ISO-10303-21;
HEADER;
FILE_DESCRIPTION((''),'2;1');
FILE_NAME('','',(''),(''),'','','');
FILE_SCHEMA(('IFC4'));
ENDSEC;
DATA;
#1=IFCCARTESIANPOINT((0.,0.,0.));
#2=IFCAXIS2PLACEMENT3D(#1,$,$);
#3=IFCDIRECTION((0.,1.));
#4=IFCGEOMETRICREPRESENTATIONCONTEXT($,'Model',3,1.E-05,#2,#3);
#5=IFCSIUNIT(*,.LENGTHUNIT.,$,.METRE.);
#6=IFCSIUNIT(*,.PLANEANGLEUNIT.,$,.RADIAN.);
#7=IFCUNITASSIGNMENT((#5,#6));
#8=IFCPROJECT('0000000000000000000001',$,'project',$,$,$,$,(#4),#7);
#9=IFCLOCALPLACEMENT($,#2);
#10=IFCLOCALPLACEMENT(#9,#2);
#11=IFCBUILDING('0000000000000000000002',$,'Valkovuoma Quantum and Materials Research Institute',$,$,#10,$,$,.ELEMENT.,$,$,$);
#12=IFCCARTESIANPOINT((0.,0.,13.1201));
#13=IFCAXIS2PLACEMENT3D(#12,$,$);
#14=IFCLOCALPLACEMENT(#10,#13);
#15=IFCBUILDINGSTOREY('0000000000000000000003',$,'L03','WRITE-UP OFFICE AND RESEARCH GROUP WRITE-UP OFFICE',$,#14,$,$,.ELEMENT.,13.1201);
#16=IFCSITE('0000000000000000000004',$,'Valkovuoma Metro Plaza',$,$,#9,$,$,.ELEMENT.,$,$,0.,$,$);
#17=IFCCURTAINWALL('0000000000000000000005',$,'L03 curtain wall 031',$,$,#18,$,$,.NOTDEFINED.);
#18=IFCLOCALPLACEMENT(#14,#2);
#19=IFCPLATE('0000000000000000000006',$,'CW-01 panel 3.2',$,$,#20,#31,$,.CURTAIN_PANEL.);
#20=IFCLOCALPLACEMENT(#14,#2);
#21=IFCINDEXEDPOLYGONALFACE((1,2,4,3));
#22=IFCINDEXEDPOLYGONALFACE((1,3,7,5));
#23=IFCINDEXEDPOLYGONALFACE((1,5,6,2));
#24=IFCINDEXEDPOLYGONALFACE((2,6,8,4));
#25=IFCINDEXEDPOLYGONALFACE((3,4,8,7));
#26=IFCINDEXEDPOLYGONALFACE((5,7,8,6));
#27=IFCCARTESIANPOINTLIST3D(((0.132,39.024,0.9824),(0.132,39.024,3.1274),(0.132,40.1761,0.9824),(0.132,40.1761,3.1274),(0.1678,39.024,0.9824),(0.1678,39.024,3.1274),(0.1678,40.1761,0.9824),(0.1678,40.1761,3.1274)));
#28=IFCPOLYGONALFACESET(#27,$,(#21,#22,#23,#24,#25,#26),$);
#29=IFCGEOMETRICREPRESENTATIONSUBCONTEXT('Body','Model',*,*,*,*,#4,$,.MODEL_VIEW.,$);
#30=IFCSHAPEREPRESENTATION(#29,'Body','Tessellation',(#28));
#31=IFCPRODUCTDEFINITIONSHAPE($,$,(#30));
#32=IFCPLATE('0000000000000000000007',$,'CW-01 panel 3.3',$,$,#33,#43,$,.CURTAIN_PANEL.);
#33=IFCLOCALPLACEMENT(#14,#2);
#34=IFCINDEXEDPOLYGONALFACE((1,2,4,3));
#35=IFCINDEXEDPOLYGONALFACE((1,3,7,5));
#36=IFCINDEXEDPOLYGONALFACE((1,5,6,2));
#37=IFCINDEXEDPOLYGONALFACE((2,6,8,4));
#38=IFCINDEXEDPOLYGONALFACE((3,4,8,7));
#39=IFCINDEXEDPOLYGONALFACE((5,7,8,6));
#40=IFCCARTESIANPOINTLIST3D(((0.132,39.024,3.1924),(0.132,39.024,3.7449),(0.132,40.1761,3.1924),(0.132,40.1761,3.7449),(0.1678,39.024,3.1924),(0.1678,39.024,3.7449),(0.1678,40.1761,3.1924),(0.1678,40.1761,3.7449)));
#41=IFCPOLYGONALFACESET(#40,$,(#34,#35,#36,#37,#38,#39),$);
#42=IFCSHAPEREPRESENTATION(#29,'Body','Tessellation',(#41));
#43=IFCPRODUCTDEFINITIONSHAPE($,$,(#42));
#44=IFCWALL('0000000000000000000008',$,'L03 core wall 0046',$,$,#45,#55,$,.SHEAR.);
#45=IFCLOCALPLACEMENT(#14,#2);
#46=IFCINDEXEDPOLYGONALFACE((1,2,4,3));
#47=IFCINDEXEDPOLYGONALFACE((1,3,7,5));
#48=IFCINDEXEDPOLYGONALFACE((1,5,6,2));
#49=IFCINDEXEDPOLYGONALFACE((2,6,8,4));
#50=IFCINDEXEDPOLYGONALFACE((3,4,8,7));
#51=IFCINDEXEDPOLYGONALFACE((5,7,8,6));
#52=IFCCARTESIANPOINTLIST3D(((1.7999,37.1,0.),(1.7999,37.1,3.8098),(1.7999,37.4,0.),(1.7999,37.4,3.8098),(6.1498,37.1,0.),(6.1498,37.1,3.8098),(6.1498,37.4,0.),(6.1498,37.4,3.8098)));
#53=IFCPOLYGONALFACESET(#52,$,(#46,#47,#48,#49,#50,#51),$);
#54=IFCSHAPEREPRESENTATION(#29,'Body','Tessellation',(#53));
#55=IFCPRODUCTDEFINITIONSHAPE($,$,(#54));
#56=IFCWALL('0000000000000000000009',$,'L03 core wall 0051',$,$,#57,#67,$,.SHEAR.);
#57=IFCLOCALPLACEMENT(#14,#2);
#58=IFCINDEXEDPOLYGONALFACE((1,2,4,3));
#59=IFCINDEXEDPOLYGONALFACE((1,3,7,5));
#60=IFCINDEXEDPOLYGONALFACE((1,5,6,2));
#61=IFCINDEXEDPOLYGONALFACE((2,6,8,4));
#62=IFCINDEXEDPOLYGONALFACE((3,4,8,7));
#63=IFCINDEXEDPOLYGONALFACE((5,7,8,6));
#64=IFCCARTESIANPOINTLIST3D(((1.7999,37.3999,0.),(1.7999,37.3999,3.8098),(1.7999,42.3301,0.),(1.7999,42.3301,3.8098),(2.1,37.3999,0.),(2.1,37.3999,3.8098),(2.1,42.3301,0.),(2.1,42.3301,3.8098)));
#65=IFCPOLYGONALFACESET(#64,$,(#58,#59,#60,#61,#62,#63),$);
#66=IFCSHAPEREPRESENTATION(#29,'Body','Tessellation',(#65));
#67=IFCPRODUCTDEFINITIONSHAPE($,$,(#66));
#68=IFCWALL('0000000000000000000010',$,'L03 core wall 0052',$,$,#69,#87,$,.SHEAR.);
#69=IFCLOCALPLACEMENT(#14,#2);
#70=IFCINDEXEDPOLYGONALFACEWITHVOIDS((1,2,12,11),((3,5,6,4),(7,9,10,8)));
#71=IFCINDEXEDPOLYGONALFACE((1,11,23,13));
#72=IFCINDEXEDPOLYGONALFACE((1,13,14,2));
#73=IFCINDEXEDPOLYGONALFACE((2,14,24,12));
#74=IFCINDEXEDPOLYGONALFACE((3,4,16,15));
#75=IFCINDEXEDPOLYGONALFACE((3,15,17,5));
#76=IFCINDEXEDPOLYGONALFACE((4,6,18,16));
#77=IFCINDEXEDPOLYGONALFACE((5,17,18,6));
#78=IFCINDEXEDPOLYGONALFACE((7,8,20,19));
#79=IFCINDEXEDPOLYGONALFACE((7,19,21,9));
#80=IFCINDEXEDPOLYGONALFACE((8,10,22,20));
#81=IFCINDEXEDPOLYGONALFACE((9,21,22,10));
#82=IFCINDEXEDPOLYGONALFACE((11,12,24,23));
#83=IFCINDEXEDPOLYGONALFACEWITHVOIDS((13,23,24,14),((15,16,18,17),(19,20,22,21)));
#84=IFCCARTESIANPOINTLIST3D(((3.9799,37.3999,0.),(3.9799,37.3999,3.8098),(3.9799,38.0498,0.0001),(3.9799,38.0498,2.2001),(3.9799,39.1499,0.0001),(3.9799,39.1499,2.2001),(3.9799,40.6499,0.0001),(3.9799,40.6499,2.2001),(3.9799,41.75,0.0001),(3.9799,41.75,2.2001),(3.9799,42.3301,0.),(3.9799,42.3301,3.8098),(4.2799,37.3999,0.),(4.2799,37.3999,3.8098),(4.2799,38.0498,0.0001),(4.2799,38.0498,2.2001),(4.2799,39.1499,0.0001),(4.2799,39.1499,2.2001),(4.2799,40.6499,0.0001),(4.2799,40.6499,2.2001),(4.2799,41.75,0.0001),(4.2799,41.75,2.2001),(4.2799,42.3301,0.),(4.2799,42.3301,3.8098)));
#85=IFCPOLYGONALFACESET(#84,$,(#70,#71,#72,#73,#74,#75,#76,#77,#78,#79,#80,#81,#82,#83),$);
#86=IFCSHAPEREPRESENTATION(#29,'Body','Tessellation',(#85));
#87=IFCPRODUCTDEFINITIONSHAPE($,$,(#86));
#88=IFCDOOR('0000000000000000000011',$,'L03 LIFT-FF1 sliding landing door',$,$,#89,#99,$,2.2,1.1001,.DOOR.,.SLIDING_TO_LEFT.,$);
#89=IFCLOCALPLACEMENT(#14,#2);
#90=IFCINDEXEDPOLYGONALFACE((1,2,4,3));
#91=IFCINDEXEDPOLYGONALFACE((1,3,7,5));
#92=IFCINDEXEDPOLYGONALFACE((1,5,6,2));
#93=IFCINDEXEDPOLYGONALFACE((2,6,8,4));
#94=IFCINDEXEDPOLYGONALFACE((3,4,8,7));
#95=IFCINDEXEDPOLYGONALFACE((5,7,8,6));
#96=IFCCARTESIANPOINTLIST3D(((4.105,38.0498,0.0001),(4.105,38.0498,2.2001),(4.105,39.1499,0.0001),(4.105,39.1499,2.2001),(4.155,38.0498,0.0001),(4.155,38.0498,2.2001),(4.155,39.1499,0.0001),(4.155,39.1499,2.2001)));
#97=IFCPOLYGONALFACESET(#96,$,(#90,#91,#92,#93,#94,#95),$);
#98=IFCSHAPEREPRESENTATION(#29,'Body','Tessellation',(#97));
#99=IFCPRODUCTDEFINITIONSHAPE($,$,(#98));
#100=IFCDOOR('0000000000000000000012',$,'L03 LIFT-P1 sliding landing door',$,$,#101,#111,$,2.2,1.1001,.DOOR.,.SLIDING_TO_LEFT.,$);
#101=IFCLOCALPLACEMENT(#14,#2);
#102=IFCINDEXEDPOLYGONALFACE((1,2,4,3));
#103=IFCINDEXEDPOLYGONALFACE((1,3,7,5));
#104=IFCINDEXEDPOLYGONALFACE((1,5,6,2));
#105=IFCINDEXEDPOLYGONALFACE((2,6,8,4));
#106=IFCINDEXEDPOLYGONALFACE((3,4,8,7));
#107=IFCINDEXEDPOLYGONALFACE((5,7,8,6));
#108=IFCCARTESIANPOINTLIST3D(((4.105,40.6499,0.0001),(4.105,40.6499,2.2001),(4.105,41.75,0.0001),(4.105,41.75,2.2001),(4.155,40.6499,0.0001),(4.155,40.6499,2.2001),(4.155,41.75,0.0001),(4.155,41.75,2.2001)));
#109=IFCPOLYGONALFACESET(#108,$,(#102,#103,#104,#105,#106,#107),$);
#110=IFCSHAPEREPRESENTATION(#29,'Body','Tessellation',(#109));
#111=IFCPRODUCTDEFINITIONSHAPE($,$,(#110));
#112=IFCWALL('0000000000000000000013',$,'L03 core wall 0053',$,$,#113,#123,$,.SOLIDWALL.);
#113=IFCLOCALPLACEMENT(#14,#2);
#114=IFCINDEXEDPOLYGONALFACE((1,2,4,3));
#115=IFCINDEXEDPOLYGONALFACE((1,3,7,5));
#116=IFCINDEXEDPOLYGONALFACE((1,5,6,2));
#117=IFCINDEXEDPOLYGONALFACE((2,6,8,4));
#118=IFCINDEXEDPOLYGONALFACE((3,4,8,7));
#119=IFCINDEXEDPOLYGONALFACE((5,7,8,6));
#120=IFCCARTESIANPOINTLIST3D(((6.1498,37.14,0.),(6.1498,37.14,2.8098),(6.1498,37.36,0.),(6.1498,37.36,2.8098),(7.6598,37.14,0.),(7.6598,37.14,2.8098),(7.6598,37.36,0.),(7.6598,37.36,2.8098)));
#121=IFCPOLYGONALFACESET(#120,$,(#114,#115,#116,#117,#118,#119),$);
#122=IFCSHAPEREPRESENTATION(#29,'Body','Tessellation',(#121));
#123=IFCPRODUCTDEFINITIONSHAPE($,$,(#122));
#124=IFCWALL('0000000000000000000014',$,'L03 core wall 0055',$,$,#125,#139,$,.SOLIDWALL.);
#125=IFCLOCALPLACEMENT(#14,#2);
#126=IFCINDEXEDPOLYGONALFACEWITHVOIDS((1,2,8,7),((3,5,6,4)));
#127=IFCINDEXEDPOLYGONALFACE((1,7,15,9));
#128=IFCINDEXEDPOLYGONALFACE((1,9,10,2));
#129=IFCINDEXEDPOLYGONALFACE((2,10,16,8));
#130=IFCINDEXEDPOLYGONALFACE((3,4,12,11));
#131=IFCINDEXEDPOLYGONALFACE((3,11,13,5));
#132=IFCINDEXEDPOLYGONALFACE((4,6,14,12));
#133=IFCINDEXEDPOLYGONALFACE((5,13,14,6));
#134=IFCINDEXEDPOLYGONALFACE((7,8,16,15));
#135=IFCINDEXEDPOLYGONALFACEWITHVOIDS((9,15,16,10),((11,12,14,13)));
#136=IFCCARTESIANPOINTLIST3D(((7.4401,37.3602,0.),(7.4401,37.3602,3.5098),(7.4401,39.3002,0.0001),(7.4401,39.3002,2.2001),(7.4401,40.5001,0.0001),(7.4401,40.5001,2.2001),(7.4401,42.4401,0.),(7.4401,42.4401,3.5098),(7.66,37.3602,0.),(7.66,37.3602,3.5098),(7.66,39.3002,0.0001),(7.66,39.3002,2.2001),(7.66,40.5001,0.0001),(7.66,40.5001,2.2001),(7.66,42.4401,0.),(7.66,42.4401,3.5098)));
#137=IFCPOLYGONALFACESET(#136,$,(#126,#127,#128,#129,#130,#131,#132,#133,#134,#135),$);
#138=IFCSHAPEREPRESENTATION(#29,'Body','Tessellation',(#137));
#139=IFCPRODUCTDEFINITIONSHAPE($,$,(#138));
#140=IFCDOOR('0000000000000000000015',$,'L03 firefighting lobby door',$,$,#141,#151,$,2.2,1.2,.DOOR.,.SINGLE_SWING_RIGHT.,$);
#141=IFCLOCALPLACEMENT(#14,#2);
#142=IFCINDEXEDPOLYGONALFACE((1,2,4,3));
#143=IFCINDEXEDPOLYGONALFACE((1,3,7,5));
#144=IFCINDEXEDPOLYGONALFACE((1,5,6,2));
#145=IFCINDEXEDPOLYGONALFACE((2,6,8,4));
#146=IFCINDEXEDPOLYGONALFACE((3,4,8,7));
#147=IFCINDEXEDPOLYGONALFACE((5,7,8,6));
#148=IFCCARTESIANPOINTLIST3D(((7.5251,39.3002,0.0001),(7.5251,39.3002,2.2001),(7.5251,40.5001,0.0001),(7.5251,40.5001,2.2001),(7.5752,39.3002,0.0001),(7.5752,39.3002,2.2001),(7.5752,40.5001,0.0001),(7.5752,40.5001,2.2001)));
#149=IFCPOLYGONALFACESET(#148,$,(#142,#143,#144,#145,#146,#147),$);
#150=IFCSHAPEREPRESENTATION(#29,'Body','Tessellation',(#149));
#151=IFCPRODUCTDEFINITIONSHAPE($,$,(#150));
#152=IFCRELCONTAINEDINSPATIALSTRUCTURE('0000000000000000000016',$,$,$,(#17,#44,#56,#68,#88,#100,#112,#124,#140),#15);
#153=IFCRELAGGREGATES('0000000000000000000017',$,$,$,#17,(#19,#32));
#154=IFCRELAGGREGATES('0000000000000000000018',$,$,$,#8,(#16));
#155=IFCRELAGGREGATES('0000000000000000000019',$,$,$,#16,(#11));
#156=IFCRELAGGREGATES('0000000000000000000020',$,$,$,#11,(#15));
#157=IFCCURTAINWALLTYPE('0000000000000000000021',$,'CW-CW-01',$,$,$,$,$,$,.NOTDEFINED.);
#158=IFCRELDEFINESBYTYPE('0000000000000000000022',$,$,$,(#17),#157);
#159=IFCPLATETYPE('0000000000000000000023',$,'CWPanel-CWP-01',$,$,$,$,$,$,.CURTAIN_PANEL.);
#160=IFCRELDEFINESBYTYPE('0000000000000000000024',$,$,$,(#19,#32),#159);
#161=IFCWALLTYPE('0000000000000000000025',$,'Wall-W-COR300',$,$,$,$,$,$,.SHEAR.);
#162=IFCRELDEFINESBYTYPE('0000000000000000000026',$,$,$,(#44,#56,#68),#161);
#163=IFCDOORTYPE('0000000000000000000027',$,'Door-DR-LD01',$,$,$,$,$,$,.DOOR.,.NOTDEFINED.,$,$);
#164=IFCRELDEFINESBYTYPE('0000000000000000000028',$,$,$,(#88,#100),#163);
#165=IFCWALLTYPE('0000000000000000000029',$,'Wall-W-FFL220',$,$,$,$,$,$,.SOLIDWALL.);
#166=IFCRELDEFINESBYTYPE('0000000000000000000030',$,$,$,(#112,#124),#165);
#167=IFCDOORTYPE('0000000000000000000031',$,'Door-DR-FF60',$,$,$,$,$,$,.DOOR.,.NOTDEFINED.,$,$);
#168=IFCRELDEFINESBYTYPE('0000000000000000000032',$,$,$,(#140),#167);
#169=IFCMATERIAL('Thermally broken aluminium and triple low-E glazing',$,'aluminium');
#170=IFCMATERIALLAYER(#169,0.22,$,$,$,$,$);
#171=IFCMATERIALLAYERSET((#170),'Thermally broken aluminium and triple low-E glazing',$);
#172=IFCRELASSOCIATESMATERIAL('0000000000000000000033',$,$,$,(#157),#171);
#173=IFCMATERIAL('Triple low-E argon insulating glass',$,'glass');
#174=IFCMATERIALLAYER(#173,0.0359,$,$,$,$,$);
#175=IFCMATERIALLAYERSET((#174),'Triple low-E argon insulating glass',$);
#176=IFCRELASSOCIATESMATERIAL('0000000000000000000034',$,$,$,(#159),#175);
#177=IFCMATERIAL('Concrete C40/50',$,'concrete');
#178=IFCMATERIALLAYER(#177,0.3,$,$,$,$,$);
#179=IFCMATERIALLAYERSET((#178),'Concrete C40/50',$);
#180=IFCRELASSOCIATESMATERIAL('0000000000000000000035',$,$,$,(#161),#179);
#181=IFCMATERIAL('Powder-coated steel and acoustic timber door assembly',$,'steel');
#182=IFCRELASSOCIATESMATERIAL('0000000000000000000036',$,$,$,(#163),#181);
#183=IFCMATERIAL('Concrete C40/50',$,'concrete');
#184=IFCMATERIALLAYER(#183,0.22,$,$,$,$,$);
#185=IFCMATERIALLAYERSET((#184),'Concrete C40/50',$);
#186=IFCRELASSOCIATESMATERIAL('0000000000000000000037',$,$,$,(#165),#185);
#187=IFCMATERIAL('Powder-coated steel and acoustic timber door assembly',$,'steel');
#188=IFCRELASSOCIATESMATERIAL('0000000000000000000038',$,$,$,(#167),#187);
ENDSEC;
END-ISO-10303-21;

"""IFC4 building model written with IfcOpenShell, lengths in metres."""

from ifc_helpers import new_model, si_unit, direction, frame, frame_2d, origin, origin_2d, place, context, subcontext, project, spatial, rectangle, extrude, material, layer, layer_set, type_object, element, fill, aggregate, save


model = new_model("IFC4")

# Units and contexts
model_context = context("Model", 3, precision=1e-05, world=origin(), true_north=direction((0.0, 1.0)))
body_context = subcontext(model_context, "Body", "Model", "MODEL_VIEW")
ifc_project = project(units=[si_unit("LENGTHUNIT", "METRE"), si_unit("PLANEANGLEUNIT", "RADIAN")], contexts=[model_context])

# Site, building, storey
site_placement = place(None, origin())
site = spatial("IfcSite", under=ifc_project, at=site_placement, Name="Valkovuoma Metro Plaza", CompositionType="ELEMENT", RefElevation=0.0)
building_placement = place(site_placement, origin())
building = spatial("IfcBuilding", under=site, at=building_placement, Name="Valkovuoma Quantum and Materials Research Institute", CompositionType="ELEMENT")
storey_placement = place(building_placement, frame((0.0, 0.0, 13.1201)))
storey = spatial("IfcBuildingStorey", under=building, at=storey_placement, Name="L03", Description="WRITE-UP OFFICE AND RESEARCH GROUP WRITE-UP OFFICE", CompositionType="ELEMENT", Elevation=13.1201)

# Curtain wall, plates
ifc_material_1 = material(Name="Thermally broken aluminium and triple low-E glazing", Category="aluminium")
ifc_layer_1 = layer(ifc_material_1, 0.22)
ifc_layer_set_1 = layer_set([ifc_layer_1], Name="Thermally broken aluminium and triple low-E glazing")
curtain_wall_type = type_object("IfcCurtainWallType", Name="CW-CW-01", PredefinedType="NOTDEFINED", material=ifc_layer_set_1)
curtain_wall_placement = place(storey_placement, origin())
curtain_wall = element("IfcCurtainWall", 1, at=curtain_wall_placement, inside=storey, type_object=curtain_wall_type, Name="L03 curtain wall 031", PredefinedType="NOTDEFINED")
ifc_material_2 = material(Name="Triple low-E argon insulating glass", Category="glass")
ifc_layer_2 = layer(ifc_material_2, 0.0359)
ifc_layer_set_2 = layer_set([ifc_layer_2], Name="Triple low-E argon insulating glass")
plate_type = type_object("IfcPlateType", Name="CWPanel-CWP-01", PredefinedType="CURTAIN_PANEL", material=ifc_layer_set_2)
plate_1_placement = place(storey_placement, frame((0.1499, 39.6001, 0.9824), z_axis=(0.0, 0.0, 1.0), x_axis=(0.0, 1.0, 0.0)))
plate_1 = element("IfcPlate", 2, at=plate_1_placement, type_object=plate_type, Name="CW-01 panel 3.2", PredefinedType="CURTAIN_PANEL", context=body_context, shape_type="SweptSolid", body=[
    extrude(rectangle(XDim=1.1521, YDim=0.0359, at=origin_2d()), origin(), (0.0, 0.0, 1.0), 2.145),
])
plate_2_placement = place(storey_placement, frame((0.1499, 39.6001, 3.1924), z_axis=(0.0, 0.0, 1.0), x_axis=(0.0, 1.0, 0.0)))
plate_2 = element("IfcPlate", 3, at=plate_2_placement, type_object=plate_type, Name="CW-01 panel 3.3", PredefinedType="CURTAIN_PANEL", context=body_context, shape_type="SweptSolid", body=[
    extrude(rectangle(XDim=1.1521, YDim=0.0359, at=origin_2d()), origin(), (0.0, 0.0, 1.0), 0.5525),
])
aggregate(curtain_wall, [plate_1, plate_2])

# Walls
ifc_material_3 = material(Name="Concrete C40/50", Category="concrete")
ifc_layer_3 = layer(ifc_material_3, 0.3)
ifc_layer_set_3 = layer_set([ifc_layer_3], Name="Concrete C40/50")
wall_type_1 = type_object("IfcWallType", Name="Wall-W-COR300", PredefinedType="SHEAR", material=ifc_layer_set_3)
wall_1_placement = place(storey_placement, frame((1.8, 37.25, 0.0), z_axis=(0.0, 0.0, 1.0), x_axis=(1.0, 0.0, 0.0)))
element("IfcWall", 4, at=wall_1_placement, inside=storey, type_object=wall_type_1, Name="L03 core wall 0046", PredefinedType="SHEAR", context=body_context, shape_type="SweptSolid", body=[
    extrude(rectangle(XDim=4.3499, YDim=0.3, at=frame_2d((2.1748, 0.0))), origin(), (0.0, 0.0, 1.0), 3.8098),
])
wall_2_placement = place(storey_placement, frame((1.95, 37.3999, 0.0), z_axis=(0.0, 0.0, 1.0), x_axis=(0.0, 1.0, 0.0)))
element("IfcWall", 5, at=wall_2_placement, inside=storey, type_object=wall_type_1, Name="L03 core wall 0051", PredefinedType="SHEAR", context=body_context, shape_type="SweptSolid", body=[
    extrude(rectangle(XDim=4.9302, YDim=0.3, at=frame_2d((2.4651, 0.0))), origin(), (0.0, 0.0, 1.0), 3.8098),
])

# Wall, openings, doors
wall_3_placement = place(storey_placement, frame((4.1299, 37.3999, 0.0), z_axis=(0.0, 0.0, 1.0), x_axis=(0.0, 1.0, 0.0)))
wall_3 = element("IfcWall", 6, at=wall_3_placement, inside=storey, type_object=wall_type_1, Name="L03 core wall 0052", PredefinedType="SHEAR", context=body_context, shape_type="SweptSolid", body=[
    extrude(rectangle(XDim=4.9302, YDim=0.3, at=frame_2d((2.4651, 0.0))), origin(), (0.0, 0.0, 1.0), 3.8098),
])
opening_1_placement = place(wall_3_placement, frame((0.6499, 0.0, 0.0)))
opening_1 = element("IfcOpeningElement", 7, at=opening_1_placement, cuts=wall_3, PredefinedType="OPENING", context=body_context, shape_type="SweptSolid", body=[
    extrude(rectangle(XDim=1.1001, YDim=2.2, at=frame_2d((0.55, 1.1001))), frame((0.0, 0.1602, 0.0), z_axis=(0.0, -1.0, 0.0), x_axis=(1.0, 0.0, 0.0)), (0.0, 0.0, 1.0), 0.3201),
])
opening_2_placement = place(wall_3_placement, frame((3.25, 0.0, 0.0)))
opening_2 = element("IfcOpeningElement", 8, at=opening_2_placement, cuts=wall_3, PredefinedType="OPENING", context=body_context, shape_type="SweptSolid", body=[
    extrude(rectangle(XDim=1.1001, YDim=2.2, at=frame_2d((0.55, 1.1001))), frame((0.0, 0.1602, 0.0), z_axis=(0.0, -1.0, 0.0), x_axis=(1.0, 0.0, 0.0)), (0.0, 0.0, 1.0), 0.3201),
])
ifc_material_4 = material(Name="Powder-coated steel and acoustic timber door assembly", Category="steel")
door_type_1 = type_object("IfcDoorType", Name="Door-DR-LD01", OperationType="NOTDEFINED", PredefinedType="DOOR", material=ifc_material_4)
door_1_placement = place(opening_1_placement, origin())
door_1 = element("IfcDoor", 9, at=door_1_placement, inside=storey, type_object=door_type_1, Name="L03 LIFT-FF1 sliding landing door", OperationType="SLIDING_TO_LEFT", OverallHeight=2.2, OverallWidth=1.1001, PredefinedType="DOOR", context=body_context, shape_type="SweptSolid", body=[
    extrude(rectangle(XDim=1.1001, YDim=2.2, at=frame_2d((0.55, 1.1001))), frame((0.0, 0.0249, 0.0), z_axis=(0.0, -1.0, 0.0), x_axis=(1.0, 0.0, 0.0)), (0.0, 0.0, 1.0), 0.05),
])
fill(opening_1, door_1)
door_2_placement = place(opening_2_placement, origin())
door_2 = element("IfcDoor", 10, at=door_2_placement, inside=storey, type_object=door_type_1, Name="L03 LIFT-P1 sliding landing door", OperationType="SLIDING_TO_LEFT", OverallHeight=2.2, OverallWidth=1.1001, PredefinedType="DOOR", context=body_context, shape_type="SweptSolid", body=[
    extrude(rectangle(XDim=1.1001, YDim=2.2, at=frame_2d((0.55, 1.1001))), frame((0.0, 0.0249, 0.0), z_axis=(0.0, -1.0, 0.0), x_axis=(1.0, 0.0, 0.0)), (0.0, 0.0, 1.0), 0.05),
])
fill(opening_2, door_2)

# Wall
ifc_material_5 = material(Name="Concrete C40/50", Category="concrete")
ifc_layer_4 = layer(ifc_material_5, 0.22)
ifc_layer_set_4 = layer_set([ifc_layer_4], Name="Concrete C40/50")
wall_type_2 = type_object("IfcWallType", Name="Wall-W-FFL220", PredefinedType="SOLIDWALL", material=ifc_layer_set_4)
wall_4_placement = place(storey_placement, frame((6.1499, 37.25, 0.0), z_axis=(0.0, 0.0, 1.0), x_axis=(1.0, 0.0, 0.0)))
element("IfcWall", 11, at=wall_4_placement, inside=storey, type_object=wall_type_2, Name="L03 core wall 0053", PredefinedType="SOLIDWALL", context=body_context, shape_type="SweptSolid", body=[
    extrude(rectangle(XDim=1.51, YDim=0.22, at=frame_2d((0.7549, 0.0))), origin(), (0.0, 0.0, 1.0), 2.8098),
])

# Wall, opening, door
wall_5_placement = place(storey_placement, frame((7.55, 37.3601, 0.0), z_axis=(0.0, 0.0, 1.0), x_axis=(0.0, 1.0, 0.0)))
wall_5 = element("IfcWall", 12, at=wall_5_placement, inside=storey, type_object=wall_type_2, Name="L03 core wall 0055", PredefinedType="SOLIDWALL", context=body_context, shape_type="SweptSolid", body=[
    extrude(rectangle(XDim=5.0798, YDim=0.22, at=frame_2d((2.54, 0.0))), origin(), (0.0, 0.0, 1.0), 3.5098),
])
opening_3_placement = place(wall_5_placement, frame((1.9399, 0.0, 0.0)))
opening_3 = element("IfcOpeningElement", 13, at=opening_3_placement, cuts=wall_5, PredefinedType="OPENING", context=body_context, shape_type="SweptSolid", body=[
    extrude(rectangle(XDim=1.2, YDim=2.2, at=frame_2d((0.6001, 1.1001))), frame((0.0, 0.1201, 0.0), z_axis=(0.0, -1.0, 0.0), x_axis=(1.0, 0.0, 0.0)), (0.0, 0.0, 1.0), 0.24),
])
ifc_material_6 = material(Name="Powder-coated steel and acoustic timber door assembly", Category="steel")
door_type_2 = type_object("IfcDoorType", Name="Door-DR-FF60", OperationType="NOTDEFINED", PredefinedType="DOOR", material=ifc_material_6)
door_3_placement = place(opening_3_placement, origin())
door_3 = element("IfcDoor", 14, at=door_3_placement, inside=storey, type_object=door_type_2, Name="L03 firefighting lobby door", OperationType="SINGLE_SWING_RIGHT", OverallHeight=2.2, OverallWidth=1.2, PredefinedType="DOOR", context=body_context, shape_type="SweptSolid", body=[
    extrude(rectangle(XDim=1.2, YDim=2.2, at=frame_2d((0.6001, 1.1001))), frame((0.0, 0.0249, 0.0), z_axis=(0.0, -1.0, 0.0), x_axis=(1.0, 0.0, 0.0)), (0.0, 0.0, 1.0), 0.05),
])
fill(opening_3, door_3)

save(model, "model.ifc")
